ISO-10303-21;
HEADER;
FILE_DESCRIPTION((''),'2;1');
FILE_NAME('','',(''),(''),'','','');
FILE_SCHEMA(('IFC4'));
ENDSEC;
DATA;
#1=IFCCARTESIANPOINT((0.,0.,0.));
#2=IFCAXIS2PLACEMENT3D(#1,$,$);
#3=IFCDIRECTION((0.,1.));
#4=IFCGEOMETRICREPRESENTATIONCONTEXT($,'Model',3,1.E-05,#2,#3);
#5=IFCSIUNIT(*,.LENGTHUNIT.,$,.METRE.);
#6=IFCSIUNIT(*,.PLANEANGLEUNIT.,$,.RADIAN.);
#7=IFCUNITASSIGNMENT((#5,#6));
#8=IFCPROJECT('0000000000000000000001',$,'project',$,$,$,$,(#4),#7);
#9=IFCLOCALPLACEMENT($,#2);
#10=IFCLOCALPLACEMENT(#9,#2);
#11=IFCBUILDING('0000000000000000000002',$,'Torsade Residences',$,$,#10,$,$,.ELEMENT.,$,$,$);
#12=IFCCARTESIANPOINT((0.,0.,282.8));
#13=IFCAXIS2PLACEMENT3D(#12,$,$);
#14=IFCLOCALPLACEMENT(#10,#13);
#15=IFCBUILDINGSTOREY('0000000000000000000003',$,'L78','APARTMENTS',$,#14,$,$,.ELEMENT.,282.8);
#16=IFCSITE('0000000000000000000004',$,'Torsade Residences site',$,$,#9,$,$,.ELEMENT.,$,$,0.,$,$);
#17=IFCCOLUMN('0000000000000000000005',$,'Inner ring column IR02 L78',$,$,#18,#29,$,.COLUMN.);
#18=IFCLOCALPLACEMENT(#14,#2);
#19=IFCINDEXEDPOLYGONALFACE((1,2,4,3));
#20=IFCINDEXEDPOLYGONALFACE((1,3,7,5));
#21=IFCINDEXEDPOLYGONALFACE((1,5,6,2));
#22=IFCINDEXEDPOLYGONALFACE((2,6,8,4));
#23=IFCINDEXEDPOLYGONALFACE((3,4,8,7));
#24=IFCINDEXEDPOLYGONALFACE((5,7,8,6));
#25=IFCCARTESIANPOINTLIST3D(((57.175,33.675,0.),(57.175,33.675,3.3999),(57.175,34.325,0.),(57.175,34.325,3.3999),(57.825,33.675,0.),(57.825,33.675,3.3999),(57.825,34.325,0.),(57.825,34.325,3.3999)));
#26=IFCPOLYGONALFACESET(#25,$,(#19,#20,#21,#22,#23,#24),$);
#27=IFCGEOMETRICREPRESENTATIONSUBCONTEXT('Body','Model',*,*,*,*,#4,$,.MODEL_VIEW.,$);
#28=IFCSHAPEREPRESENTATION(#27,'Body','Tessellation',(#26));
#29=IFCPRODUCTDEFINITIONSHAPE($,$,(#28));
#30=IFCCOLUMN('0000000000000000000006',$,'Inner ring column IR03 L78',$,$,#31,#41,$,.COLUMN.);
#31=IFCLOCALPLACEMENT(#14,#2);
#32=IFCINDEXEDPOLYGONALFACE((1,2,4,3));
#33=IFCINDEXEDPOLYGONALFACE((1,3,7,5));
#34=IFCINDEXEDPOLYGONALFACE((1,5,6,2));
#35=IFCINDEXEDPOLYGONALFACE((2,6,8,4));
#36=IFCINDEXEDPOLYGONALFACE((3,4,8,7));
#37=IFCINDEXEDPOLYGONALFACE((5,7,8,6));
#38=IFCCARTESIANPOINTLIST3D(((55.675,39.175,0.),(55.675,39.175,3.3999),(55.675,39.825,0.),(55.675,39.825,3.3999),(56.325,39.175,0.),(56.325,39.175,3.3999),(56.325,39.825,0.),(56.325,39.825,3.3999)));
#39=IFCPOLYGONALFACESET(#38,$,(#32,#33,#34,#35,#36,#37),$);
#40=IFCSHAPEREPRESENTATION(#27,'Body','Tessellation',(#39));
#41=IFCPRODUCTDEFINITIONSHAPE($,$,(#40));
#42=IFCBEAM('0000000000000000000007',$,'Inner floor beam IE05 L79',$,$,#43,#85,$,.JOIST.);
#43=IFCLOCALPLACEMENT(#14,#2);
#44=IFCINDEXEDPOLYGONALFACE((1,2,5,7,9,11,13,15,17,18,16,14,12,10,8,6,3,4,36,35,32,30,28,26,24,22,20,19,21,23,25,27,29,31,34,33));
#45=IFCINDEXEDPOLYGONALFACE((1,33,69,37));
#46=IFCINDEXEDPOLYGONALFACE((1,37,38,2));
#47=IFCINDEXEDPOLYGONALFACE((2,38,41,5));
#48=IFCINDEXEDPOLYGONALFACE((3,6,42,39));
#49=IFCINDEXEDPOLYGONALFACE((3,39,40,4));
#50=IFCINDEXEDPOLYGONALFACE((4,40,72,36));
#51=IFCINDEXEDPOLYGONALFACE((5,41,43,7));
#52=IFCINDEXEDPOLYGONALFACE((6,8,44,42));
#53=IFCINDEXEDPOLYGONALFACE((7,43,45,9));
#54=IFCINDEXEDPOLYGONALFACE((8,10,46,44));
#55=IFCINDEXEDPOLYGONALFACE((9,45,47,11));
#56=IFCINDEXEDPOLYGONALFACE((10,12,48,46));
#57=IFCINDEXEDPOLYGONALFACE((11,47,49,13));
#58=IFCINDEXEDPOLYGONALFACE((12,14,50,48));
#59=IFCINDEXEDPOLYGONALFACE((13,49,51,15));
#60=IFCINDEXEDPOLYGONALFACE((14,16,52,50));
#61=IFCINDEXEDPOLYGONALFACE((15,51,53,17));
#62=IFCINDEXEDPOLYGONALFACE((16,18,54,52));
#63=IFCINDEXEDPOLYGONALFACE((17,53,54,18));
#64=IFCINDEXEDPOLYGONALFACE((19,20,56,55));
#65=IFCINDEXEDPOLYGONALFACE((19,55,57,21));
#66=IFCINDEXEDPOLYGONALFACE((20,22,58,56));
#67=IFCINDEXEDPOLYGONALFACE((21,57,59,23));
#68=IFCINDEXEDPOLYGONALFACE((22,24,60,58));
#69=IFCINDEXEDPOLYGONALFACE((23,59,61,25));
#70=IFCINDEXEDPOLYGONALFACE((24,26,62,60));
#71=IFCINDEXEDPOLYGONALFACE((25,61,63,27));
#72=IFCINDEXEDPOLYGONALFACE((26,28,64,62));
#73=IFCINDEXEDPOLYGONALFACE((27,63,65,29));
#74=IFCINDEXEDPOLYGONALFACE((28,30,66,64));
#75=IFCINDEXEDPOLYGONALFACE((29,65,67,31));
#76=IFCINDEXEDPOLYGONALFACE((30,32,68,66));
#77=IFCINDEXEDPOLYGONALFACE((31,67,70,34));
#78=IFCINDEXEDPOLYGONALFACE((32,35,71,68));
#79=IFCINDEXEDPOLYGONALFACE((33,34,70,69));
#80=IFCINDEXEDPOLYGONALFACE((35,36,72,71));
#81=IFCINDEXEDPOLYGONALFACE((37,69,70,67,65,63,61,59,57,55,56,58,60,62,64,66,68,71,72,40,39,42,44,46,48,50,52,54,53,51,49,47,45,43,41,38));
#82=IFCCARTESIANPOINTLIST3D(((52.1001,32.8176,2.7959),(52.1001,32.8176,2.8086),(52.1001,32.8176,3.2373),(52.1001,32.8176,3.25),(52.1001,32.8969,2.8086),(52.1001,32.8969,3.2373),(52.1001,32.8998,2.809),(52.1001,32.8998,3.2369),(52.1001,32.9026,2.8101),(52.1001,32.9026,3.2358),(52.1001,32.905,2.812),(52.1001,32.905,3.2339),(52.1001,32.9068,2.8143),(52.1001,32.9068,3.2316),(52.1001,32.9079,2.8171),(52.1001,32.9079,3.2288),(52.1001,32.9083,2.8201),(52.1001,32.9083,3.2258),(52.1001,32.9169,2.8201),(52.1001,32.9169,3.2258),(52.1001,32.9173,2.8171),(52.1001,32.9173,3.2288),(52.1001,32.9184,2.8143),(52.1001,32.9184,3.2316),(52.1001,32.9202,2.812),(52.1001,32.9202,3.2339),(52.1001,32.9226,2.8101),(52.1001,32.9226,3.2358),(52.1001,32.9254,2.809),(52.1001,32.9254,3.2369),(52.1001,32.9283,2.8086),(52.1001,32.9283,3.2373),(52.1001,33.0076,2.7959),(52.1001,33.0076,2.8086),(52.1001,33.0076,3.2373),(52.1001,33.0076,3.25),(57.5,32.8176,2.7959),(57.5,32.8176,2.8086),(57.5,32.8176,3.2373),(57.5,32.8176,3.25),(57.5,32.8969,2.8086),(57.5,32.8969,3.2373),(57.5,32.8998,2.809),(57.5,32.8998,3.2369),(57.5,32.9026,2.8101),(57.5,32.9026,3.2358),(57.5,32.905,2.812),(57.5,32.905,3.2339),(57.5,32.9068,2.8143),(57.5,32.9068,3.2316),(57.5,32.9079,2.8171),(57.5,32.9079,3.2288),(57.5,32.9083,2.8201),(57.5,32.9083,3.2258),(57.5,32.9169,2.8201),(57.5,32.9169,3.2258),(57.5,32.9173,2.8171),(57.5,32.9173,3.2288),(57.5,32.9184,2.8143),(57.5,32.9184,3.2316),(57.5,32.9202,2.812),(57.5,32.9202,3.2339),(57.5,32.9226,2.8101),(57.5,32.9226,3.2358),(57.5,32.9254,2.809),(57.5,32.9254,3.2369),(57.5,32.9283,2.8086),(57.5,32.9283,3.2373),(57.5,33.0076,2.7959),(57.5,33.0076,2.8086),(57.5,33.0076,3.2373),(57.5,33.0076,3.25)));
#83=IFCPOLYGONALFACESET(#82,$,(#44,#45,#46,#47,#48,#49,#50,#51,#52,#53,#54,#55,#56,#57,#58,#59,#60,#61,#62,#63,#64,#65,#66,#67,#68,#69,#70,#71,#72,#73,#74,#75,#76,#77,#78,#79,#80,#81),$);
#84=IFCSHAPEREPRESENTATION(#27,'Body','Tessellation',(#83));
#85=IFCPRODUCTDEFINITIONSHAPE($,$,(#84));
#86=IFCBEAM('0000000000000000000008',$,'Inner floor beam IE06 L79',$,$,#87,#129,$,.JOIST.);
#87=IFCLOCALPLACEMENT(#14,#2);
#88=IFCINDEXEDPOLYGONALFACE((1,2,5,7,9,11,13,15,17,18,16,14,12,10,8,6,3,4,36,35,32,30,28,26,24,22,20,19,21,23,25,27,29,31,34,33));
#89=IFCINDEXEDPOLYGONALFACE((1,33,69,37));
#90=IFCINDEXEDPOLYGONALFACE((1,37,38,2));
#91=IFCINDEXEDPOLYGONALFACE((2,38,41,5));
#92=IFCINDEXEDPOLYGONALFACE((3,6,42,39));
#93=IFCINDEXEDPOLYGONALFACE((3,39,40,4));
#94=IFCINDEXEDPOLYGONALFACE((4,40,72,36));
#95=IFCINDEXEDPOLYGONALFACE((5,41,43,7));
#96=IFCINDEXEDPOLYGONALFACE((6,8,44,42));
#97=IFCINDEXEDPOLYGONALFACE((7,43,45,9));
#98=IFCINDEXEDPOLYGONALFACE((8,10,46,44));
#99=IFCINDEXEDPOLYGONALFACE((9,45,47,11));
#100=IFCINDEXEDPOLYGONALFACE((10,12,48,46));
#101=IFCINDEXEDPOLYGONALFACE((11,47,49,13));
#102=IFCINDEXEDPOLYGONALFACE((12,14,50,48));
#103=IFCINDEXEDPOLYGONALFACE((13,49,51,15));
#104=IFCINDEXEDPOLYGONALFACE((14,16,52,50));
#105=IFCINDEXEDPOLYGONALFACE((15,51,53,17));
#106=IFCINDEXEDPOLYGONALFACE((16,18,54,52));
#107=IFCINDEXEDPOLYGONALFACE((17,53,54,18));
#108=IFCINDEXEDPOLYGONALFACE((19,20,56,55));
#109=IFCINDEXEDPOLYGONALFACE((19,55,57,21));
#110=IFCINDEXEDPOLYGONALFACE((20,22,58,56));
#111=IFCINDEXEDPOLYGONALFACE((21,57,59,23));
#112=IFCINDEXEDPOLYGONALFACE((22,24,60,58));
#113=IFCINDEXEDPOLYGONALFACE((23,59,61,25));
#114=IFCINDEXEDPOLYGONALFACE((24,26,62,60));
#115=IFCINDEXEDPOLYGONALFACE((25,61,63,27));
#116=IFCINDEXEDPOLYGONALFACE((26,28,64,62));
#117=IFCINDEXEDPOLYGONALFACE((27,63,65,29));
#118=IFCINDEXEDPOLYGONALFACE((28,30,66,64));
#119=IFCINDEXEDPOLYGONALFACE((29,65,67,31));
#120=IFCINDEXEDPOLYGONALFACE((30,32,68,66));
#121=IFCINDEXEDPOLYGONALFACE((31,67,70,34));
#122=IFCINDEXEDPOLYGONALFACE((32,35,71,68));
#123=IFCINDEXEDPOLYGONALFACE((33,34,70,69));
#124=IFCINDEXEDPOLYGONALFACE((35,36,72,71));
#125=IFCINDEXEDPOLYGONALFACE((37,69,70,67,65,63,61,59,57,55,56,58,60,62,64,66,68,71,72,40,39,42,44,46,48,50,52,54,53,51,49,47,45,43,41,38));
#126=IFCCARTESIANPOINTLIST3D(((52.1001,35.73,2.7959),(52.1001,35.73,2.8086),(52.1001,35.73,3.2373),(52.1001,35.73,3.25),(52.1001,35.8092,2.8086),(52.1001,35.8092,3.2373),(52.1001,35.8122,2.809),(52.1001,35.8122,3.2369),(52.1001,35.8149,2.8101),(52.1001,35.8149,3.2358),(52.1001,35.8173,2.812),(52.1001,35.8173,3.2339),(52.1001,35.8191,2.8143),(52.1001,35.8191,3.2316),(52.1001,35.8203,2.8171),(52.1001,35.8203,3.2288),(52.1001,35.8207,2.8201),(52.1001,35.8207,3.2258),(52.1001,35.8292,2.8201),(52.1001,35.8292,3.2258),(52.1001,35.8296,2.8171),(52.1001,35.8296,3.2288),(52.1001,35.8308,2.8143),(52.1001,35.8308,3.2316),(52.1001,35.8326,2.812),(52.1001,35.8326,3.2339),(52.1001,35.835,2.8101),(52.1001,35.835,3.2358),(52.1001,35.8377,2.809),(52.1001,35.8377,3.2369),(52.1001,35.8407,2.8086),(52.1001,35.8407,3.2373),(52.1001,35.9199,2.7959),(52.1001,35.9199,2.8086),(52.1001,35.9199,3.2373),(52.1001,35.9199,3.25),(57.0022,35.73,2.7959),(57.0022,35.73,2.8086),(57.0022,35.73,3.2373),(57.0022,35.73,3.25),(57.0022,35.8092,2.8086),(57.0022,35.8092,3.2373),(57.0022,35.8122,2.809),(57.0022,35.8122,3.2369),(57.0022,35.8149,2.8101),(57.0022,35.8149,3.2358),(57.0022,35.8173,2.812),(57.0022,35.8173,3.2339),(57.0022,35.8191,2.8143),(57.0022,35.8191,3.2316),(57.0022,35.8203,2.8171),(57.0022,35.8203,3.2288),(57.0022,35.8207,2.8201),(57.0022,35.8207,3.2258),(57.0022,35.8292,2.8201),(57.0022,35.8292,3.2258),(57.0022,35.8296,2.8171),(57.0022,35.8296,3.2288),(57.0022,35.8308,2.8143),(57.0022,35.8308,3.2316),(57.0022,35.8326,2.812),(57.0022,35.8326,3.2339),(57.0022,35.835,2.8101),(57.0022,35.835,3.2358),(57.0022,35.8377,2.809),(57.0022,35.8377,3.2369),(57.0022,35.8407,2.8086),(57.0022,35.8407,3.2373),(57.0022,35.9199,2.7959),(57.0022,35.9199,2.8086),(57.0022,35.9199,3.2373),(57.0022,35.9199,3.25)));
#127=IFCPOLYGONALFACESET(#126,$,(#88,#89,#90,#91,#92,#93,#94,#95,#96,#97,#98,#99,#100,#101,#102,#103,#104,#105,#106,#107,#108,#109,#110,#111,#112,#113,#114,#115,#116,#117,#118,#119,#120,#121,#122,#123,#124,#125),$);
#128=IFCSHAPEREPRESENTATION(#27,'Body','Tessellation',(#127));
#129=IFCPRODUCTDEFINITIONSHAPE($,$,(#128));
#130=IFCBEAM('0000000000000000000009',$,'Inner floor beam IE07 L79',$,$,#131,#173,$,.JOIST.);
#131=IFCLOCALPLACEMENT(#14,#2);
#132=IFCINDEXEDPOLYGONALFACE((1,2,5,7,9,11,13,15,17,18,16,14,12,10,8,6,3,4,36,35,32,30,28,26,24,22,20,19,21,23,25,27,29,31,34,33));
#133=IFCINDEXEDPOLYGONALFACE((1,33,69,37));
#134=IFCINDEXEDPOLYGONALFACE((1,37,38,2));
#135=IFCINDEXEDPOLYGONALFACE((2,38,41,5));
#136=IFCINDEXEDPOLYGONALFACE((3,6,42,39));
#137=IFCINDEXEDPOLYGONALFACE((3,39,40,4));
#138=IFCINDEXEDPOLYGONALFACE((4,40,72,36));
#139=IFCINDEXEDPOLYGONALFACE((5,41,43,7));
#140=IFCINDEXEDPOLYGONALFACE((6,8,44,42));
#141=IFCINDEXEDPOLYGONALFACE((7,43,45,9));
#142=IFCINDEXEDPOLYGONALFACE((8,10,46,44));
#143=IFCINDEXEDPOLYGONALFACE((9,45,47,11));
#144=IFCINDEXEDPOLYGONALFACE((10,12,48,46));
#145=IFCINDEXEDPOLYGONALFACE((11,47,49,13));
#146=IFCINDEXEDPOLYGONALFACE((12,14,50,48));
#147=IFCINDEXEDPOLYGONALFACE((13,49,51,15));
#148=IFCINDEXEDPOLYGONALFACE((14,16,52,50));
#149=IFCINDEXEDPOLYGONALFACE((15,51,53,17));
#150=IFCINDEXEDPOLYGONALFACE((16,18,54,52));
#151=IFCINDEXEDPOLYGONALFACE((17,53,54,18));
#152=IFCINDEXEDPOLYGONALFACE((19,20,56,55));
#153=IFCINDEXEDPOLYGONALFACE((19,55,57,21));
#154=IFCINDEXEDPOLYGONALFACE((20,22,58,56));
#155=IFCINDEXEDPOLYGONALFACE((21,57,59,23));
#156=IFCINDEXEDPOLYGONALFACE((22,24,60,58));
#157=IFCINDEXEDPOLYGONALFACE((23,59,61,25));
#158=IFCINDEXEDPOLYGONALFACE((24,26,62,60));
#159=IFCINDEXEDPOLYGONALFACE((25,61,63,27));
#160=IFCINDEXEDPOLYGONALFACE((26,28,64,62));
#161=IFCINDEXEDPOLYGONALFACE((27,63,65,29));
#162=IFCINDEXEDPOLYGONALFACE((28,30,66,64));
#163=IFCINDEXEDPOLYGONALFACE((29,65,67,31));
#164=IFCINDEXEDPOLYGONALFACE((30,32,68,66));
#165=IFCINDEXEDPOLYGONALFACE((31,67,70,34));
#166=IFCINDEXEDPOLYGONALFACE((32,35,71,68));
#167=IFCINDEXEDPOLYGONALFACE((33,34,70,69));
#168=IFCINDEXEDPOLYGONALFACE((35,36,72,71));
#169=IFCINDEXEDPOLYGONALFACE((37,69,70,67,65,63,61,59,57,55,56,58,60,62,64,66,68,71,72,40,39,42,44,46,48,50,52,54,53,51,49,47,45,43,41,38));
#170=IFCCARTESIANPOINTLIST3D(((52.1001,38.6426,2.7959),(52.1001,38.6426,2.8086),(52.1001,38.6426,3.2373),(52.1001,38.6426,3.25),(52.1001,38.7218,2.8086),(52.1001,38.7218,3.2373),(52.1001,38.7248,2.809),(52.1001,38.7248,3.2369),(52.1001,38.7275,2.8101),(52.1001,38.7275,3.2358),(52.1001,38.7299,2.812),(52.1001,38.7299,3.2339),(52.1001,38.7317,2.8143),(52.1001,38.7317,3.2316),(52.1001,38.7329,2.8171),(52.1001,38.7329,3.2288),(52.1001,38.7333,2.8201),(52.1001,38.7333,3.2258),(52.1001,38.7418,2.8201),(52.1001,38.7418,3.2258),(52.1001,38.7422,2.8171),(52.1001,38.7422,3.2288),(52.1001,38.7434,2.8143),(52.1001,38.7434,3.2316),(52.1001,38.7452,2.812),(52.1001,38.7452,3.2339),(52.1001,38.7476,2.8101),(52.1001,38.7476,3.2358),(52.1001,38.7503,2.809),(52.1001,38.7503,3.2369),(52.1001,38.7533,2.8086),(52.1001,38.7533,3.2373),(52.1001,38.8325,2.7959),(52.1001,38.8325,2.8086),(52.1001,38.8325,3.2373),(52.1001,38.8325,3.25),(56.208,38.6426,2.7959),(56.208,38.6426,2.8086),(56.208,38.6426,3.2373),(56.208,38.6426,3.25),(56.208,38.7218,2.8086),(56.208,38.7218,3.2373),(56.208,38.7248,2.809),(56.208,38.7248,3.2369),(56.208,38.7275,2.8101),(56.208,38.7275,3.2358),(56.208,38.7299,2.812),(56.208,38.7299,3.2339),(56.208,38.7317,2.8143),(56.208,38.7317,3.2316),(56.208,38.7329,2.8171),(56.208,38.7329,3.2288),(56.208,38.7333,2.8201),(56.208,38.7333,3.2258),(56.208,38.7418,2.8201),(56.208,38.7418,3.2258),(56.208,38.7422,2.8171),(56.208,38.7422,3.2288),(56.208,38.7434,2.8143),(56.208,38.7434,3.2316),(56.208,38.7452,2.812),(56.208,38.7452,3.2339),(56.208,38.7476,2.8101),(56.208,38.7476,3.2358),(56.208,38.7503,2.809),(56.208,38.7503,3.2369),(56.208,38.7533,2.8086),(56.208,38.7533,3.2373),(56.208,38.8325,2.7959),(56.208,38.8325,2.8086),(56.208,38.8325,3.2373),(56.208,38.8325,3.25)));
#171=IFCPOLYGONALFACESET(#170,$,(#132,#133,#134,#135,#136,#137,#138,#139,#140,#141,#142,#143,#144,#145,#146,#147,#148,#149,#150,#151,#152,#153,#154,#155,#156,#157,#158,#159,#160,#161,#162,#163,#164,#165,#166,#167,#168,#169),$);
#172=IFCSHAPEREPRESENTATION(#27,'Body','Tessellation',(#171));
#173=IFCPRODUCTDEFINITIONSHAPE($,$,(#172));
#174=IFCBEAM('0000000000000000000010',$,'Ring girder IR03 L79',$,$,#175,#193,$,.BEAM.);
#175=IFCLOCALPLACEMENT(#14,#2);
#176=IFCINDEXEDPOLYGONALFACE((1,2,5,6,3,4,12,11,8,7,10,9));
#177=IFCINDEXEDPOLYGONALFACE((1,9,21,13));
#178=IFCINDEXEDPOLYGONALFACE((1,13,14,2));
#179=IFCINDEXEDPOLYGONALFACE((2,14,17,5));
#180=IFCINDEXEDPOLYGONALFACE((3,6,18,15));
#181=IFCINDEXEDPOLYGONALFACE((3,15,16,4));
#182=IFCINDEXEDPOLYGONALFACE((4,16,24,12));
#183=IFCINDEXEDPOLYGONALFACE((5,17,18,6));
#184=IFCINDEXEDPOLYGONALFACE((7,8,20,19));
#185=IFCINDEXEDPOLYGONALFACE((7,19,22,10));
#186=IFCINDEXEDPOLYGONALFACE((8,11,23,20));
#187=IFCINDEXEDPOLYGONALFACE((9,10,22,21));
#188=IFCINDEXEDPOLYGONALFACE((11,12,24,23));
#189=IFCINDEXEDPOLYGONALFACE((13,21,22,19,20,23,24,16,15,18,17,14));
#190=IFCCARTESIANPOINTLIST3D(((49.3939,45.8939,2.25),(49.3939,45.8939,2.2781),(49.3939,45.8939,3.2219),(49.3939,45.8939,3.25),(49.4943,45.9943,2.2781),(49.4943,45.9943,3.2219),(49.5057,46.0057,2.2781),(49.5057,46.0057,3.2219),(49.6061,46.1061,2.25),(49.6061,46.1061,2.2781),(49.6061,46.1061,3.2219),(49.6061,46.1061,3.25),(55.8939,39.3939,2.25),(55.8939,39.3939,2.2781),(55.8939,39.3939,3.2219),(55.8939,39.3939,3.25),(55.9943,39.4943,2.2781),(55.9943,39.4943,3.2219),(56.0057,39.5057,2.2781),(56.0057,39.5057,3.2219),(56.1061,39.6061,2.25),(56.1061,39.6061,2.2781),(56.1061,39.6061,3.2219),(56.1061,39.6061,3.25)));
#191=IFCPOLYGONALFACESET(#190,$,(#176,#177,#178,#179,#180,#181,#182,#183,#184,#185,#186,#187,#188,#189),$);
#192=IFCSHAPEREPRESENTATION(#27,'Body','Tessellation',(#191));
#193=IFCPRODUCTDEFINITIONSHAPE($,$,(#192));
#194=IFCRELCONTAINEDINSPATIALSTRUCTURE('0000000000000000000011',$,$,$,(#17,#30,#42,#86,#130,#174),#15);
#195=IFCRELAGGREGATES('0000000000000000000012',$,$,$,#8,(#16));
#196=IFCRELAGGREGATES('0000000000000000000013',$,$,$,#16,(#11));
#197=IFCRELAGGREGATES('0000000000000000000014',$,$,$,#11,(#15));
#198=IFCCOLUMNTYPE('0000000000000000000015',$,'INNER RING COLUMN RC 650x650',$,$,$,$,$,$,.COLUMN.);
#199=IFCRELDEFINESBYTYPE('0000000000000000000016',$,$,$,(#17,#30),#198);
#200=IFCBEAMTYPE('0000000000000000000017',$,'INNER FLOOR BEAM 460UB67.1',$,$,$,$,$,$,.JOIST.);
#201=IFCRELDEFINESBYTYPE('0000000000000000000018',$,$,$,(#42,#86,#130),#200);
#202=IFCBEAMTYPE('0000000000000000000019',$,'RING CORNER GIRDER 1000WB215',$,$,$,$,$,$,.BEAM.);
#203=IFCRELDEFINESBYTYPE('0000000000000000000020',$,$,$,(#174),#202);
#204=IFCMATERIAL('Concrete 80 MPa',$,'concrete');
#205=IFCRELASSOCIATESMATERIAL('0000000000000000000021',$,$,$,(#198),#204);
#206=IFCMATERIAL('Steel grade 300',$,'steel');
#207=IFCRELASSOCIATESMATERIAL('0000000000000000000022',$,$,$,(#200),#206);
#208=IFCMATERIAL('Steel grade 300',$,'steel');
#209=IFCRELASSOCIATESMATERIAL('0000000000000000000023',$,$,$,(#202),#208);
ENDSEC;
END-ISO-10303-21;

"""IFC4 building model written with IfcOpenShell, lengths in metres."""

from ifc_helpers import new_model, si_unit, direction, frame, origin, origin_2d, place, context, subcontext, project, spatial, rectangle, i_section, extrude, material, material_profile, profile_set, type_object, element, save


model = new_model("IFC4")

# Units and contexts
model_context = context("Model", 3, precision=1e-05, world=origin(), true_north=direction((0.0, 1.0)))
body_context = subcontext(model_context, "Body", "Model", "MODEL_VIEW")
ifc_project = project(units=[si_unit("LENGTHUNIT", "METRE"), si_unit("PLANEANGLEUNIT", "RADIAN")], contexts=[model_context])

# Site, building, storey
site_placement = place(None, origin())
site = spatial("IfcSite", under=ifc_project, at=site_placement, Name="Torsade Residences site", CompositionType="ELEMENT", RefElevation=0.0)
building_placement = place(site_placement, origin())
building = spatial("IfcBuilding", under=site, at=building_placement, Name="Torsade Residences", CompositionType="ELEMENT")
storey_placement = place(building_placement, frame((0.0, 0.0, 282.8)))
storey = spatial("IfcBuildingStorey", under=building, at=storey_placement, Name="L78", Description="APARTMENTS", CompositionType="ELEMENT", Elevation=282.8)

# Columns
ifc_material_1 = material(Name="Concrete 80 MPa", Category="concrete")
ifc_material_profile_1 = material_profile(ifc_material_1, rectangle(XDim=0.6499, YDim=0.6499, at=origin_2d()), Name="RC 650x650")
ifc_profile_set_1 = profile_set([ifc_material_profile_1], Name="Concrete 80 MPa")
column_type = type_object("IfcColumnType", Name="INNER RING COLUMN RC 650x650", PredefinedType="COLUMN", material=ifc_profile_set_1)
for number, where, z_axis, x_axis, name in (
    (1, (57.5, 34.0, 0.0), (0.0, 0.0, 1.0), (1.0, 0.0, 0.0), "Inner ring column IR02 L78"),
    (2, (56.0, 39.5, 0.0), (0.0, 0.0, 1.0), (1.0, 0.0, 0.0), "Inner ring column IR03 L78"),
):
    element("IfcColumn", number, at=place(storey_placement, frame(where, z_axis=z_axis, x_axis=x_axis)), inside=storey, type_object=column_type, Name=name, PredefinedType="COLUMN", context=body_context, shape_type="SweptSolid", body=[
        extrude(rectangle(XDim=0.6499, YDim=0.6499, at=origin_2d()), origin(), (0.0, 0.0, 1.0), 3.3999),
    ])

# Beams
ifc_material_2 = material(Name="Steel grade 300", Category="steel")
ifc_material_profile_2 = material_profile(ifc_material_2, i_section(OverallWidth=0.1899, OverallDepth=0.4541, WebThickness=0.0085, FlangeThickness=0.0127, FilletRadius=0.0115, at=origin_2d()), Name="460UB67.1")
ifc_profile_set_2 = profile_set([ifc_material_profile_2], Name="Steel grade 300")
beam_type_1 = type_object("IfcBeamType", Name="INNER FLOOR BEAM 460UB67.1", PredefinedType="JOIST", material=ifc_profile_set_2)
beam_1_placement = place(storey_placement, frame((52.1001, 32.9126, 3.0229), z_axis=(1.0, 0.0, 0.0), x_axis=(0.0, 1.0, 0.0)))
element("IfcBeam", 3, at=beam_1_placement, inside=storey, type_object=beam_type_1, Name="Inner floor beam IE05 L79", PredefinedType="JOIST", context=body_context, shape_type="SweptSolid", body=[
    extrude(i_section(OverallWidth=0.1899, OverallDepth=0.4541, WebThickness=0.0085, FlangeThickness=0.0127, FilletRadius=0.0115, at=origin_2d()), origin(), (0.0, 0.0, 1.0), 5.3999),
])
beam_2_placement = place(storey_placement, frame((52.1001, 35.825, 3.0229), z_axis=(1.0, 0.0, 0.0), x_axis=(0.0, 1.0, 0.0)))
element("IfcBeam", 4, at=beam_2_placement, inside=storey, type_object=beam_type_1, Name="Inner floor beam IE06 L79", PredefinedType="JOIST", context=body_context, shape_type="SweptSolid", body=[
    extrude(i_section(OverallWidth=0.1899, OverallDepth=0.4541, WebThickness=0.0085, FlangeThickness=0.0127, FilletRadius=0.0115, at=origin_2d()), origin(), (0.0, 0.0, 1.0), 4.9021),
])
beam_3_placement = place(storey_placement, frame((52.1001, 38.7375, 3.0229), z_axis=(1.0, 0.0, 0.0), x_axis=(0.0, 1.0, 0.0)))
element("IfcBeam", 5, at=beam_3_placement, inside=storey, type_object=beam_type_1, Name="Inner floor beam IE07 L79", PredefinedType="JOIST", context=body_context, shape_type="SweptSolid", body=[
    extrude(i_section(OverallWidth=0.1899, OverallDepth=0.4541, WebThickness=0.0085, FlangeThickness=0.0127, FilletRadius=0.0115, at=origin_2d()), origin(), (0.0, 0.0, 1.0), 4.1079),
])
ifc_material_3 = material(Name="Steel grade 300", Category="steel")
ifc_material_profile_3 = material_profile(ifc_material_3, i_section(OverallWidth=0.3, OverallDepth=1.0, WebThickness=0.0161, FlangeThickness=0.0281, at=origin_2d()), Name="1000WB215")
ifc_profile_set_3 = profile_set([ifc_material_profile_3], Name="Steel grade 300")
beam_type_2 = type_object("IfcBeamType", Name="RING CORNER GIRDER 1000WB215", PredefinedType="BEAM", material=ifc_profile_set_3)
beam_4_placement = place(storey_placement, frame((56.0, 39.5, 2.75), z_axis=(-0.707107, 0.707107, 0.0), x_axis=(-0.707107, -0.707107, 0.0)))
element("IfcBeam", 6, at=beam_4_placement, inside=storey, type_object=beam_type_2, Name="Ring girder IR03 L79", PredefinedType="BEAM", context=body_context, shape_type="SweptSolid", body=[
    extrude(i_section(OverallWidth=0.3, OverallDepth=1.0, WebThickness=0.0161, FlangeThickness=0.0281, at=origin_2d()), origin(), (0.0, 0.0, 1.0), 9.1924),
])

save(model, "model.ifc")
